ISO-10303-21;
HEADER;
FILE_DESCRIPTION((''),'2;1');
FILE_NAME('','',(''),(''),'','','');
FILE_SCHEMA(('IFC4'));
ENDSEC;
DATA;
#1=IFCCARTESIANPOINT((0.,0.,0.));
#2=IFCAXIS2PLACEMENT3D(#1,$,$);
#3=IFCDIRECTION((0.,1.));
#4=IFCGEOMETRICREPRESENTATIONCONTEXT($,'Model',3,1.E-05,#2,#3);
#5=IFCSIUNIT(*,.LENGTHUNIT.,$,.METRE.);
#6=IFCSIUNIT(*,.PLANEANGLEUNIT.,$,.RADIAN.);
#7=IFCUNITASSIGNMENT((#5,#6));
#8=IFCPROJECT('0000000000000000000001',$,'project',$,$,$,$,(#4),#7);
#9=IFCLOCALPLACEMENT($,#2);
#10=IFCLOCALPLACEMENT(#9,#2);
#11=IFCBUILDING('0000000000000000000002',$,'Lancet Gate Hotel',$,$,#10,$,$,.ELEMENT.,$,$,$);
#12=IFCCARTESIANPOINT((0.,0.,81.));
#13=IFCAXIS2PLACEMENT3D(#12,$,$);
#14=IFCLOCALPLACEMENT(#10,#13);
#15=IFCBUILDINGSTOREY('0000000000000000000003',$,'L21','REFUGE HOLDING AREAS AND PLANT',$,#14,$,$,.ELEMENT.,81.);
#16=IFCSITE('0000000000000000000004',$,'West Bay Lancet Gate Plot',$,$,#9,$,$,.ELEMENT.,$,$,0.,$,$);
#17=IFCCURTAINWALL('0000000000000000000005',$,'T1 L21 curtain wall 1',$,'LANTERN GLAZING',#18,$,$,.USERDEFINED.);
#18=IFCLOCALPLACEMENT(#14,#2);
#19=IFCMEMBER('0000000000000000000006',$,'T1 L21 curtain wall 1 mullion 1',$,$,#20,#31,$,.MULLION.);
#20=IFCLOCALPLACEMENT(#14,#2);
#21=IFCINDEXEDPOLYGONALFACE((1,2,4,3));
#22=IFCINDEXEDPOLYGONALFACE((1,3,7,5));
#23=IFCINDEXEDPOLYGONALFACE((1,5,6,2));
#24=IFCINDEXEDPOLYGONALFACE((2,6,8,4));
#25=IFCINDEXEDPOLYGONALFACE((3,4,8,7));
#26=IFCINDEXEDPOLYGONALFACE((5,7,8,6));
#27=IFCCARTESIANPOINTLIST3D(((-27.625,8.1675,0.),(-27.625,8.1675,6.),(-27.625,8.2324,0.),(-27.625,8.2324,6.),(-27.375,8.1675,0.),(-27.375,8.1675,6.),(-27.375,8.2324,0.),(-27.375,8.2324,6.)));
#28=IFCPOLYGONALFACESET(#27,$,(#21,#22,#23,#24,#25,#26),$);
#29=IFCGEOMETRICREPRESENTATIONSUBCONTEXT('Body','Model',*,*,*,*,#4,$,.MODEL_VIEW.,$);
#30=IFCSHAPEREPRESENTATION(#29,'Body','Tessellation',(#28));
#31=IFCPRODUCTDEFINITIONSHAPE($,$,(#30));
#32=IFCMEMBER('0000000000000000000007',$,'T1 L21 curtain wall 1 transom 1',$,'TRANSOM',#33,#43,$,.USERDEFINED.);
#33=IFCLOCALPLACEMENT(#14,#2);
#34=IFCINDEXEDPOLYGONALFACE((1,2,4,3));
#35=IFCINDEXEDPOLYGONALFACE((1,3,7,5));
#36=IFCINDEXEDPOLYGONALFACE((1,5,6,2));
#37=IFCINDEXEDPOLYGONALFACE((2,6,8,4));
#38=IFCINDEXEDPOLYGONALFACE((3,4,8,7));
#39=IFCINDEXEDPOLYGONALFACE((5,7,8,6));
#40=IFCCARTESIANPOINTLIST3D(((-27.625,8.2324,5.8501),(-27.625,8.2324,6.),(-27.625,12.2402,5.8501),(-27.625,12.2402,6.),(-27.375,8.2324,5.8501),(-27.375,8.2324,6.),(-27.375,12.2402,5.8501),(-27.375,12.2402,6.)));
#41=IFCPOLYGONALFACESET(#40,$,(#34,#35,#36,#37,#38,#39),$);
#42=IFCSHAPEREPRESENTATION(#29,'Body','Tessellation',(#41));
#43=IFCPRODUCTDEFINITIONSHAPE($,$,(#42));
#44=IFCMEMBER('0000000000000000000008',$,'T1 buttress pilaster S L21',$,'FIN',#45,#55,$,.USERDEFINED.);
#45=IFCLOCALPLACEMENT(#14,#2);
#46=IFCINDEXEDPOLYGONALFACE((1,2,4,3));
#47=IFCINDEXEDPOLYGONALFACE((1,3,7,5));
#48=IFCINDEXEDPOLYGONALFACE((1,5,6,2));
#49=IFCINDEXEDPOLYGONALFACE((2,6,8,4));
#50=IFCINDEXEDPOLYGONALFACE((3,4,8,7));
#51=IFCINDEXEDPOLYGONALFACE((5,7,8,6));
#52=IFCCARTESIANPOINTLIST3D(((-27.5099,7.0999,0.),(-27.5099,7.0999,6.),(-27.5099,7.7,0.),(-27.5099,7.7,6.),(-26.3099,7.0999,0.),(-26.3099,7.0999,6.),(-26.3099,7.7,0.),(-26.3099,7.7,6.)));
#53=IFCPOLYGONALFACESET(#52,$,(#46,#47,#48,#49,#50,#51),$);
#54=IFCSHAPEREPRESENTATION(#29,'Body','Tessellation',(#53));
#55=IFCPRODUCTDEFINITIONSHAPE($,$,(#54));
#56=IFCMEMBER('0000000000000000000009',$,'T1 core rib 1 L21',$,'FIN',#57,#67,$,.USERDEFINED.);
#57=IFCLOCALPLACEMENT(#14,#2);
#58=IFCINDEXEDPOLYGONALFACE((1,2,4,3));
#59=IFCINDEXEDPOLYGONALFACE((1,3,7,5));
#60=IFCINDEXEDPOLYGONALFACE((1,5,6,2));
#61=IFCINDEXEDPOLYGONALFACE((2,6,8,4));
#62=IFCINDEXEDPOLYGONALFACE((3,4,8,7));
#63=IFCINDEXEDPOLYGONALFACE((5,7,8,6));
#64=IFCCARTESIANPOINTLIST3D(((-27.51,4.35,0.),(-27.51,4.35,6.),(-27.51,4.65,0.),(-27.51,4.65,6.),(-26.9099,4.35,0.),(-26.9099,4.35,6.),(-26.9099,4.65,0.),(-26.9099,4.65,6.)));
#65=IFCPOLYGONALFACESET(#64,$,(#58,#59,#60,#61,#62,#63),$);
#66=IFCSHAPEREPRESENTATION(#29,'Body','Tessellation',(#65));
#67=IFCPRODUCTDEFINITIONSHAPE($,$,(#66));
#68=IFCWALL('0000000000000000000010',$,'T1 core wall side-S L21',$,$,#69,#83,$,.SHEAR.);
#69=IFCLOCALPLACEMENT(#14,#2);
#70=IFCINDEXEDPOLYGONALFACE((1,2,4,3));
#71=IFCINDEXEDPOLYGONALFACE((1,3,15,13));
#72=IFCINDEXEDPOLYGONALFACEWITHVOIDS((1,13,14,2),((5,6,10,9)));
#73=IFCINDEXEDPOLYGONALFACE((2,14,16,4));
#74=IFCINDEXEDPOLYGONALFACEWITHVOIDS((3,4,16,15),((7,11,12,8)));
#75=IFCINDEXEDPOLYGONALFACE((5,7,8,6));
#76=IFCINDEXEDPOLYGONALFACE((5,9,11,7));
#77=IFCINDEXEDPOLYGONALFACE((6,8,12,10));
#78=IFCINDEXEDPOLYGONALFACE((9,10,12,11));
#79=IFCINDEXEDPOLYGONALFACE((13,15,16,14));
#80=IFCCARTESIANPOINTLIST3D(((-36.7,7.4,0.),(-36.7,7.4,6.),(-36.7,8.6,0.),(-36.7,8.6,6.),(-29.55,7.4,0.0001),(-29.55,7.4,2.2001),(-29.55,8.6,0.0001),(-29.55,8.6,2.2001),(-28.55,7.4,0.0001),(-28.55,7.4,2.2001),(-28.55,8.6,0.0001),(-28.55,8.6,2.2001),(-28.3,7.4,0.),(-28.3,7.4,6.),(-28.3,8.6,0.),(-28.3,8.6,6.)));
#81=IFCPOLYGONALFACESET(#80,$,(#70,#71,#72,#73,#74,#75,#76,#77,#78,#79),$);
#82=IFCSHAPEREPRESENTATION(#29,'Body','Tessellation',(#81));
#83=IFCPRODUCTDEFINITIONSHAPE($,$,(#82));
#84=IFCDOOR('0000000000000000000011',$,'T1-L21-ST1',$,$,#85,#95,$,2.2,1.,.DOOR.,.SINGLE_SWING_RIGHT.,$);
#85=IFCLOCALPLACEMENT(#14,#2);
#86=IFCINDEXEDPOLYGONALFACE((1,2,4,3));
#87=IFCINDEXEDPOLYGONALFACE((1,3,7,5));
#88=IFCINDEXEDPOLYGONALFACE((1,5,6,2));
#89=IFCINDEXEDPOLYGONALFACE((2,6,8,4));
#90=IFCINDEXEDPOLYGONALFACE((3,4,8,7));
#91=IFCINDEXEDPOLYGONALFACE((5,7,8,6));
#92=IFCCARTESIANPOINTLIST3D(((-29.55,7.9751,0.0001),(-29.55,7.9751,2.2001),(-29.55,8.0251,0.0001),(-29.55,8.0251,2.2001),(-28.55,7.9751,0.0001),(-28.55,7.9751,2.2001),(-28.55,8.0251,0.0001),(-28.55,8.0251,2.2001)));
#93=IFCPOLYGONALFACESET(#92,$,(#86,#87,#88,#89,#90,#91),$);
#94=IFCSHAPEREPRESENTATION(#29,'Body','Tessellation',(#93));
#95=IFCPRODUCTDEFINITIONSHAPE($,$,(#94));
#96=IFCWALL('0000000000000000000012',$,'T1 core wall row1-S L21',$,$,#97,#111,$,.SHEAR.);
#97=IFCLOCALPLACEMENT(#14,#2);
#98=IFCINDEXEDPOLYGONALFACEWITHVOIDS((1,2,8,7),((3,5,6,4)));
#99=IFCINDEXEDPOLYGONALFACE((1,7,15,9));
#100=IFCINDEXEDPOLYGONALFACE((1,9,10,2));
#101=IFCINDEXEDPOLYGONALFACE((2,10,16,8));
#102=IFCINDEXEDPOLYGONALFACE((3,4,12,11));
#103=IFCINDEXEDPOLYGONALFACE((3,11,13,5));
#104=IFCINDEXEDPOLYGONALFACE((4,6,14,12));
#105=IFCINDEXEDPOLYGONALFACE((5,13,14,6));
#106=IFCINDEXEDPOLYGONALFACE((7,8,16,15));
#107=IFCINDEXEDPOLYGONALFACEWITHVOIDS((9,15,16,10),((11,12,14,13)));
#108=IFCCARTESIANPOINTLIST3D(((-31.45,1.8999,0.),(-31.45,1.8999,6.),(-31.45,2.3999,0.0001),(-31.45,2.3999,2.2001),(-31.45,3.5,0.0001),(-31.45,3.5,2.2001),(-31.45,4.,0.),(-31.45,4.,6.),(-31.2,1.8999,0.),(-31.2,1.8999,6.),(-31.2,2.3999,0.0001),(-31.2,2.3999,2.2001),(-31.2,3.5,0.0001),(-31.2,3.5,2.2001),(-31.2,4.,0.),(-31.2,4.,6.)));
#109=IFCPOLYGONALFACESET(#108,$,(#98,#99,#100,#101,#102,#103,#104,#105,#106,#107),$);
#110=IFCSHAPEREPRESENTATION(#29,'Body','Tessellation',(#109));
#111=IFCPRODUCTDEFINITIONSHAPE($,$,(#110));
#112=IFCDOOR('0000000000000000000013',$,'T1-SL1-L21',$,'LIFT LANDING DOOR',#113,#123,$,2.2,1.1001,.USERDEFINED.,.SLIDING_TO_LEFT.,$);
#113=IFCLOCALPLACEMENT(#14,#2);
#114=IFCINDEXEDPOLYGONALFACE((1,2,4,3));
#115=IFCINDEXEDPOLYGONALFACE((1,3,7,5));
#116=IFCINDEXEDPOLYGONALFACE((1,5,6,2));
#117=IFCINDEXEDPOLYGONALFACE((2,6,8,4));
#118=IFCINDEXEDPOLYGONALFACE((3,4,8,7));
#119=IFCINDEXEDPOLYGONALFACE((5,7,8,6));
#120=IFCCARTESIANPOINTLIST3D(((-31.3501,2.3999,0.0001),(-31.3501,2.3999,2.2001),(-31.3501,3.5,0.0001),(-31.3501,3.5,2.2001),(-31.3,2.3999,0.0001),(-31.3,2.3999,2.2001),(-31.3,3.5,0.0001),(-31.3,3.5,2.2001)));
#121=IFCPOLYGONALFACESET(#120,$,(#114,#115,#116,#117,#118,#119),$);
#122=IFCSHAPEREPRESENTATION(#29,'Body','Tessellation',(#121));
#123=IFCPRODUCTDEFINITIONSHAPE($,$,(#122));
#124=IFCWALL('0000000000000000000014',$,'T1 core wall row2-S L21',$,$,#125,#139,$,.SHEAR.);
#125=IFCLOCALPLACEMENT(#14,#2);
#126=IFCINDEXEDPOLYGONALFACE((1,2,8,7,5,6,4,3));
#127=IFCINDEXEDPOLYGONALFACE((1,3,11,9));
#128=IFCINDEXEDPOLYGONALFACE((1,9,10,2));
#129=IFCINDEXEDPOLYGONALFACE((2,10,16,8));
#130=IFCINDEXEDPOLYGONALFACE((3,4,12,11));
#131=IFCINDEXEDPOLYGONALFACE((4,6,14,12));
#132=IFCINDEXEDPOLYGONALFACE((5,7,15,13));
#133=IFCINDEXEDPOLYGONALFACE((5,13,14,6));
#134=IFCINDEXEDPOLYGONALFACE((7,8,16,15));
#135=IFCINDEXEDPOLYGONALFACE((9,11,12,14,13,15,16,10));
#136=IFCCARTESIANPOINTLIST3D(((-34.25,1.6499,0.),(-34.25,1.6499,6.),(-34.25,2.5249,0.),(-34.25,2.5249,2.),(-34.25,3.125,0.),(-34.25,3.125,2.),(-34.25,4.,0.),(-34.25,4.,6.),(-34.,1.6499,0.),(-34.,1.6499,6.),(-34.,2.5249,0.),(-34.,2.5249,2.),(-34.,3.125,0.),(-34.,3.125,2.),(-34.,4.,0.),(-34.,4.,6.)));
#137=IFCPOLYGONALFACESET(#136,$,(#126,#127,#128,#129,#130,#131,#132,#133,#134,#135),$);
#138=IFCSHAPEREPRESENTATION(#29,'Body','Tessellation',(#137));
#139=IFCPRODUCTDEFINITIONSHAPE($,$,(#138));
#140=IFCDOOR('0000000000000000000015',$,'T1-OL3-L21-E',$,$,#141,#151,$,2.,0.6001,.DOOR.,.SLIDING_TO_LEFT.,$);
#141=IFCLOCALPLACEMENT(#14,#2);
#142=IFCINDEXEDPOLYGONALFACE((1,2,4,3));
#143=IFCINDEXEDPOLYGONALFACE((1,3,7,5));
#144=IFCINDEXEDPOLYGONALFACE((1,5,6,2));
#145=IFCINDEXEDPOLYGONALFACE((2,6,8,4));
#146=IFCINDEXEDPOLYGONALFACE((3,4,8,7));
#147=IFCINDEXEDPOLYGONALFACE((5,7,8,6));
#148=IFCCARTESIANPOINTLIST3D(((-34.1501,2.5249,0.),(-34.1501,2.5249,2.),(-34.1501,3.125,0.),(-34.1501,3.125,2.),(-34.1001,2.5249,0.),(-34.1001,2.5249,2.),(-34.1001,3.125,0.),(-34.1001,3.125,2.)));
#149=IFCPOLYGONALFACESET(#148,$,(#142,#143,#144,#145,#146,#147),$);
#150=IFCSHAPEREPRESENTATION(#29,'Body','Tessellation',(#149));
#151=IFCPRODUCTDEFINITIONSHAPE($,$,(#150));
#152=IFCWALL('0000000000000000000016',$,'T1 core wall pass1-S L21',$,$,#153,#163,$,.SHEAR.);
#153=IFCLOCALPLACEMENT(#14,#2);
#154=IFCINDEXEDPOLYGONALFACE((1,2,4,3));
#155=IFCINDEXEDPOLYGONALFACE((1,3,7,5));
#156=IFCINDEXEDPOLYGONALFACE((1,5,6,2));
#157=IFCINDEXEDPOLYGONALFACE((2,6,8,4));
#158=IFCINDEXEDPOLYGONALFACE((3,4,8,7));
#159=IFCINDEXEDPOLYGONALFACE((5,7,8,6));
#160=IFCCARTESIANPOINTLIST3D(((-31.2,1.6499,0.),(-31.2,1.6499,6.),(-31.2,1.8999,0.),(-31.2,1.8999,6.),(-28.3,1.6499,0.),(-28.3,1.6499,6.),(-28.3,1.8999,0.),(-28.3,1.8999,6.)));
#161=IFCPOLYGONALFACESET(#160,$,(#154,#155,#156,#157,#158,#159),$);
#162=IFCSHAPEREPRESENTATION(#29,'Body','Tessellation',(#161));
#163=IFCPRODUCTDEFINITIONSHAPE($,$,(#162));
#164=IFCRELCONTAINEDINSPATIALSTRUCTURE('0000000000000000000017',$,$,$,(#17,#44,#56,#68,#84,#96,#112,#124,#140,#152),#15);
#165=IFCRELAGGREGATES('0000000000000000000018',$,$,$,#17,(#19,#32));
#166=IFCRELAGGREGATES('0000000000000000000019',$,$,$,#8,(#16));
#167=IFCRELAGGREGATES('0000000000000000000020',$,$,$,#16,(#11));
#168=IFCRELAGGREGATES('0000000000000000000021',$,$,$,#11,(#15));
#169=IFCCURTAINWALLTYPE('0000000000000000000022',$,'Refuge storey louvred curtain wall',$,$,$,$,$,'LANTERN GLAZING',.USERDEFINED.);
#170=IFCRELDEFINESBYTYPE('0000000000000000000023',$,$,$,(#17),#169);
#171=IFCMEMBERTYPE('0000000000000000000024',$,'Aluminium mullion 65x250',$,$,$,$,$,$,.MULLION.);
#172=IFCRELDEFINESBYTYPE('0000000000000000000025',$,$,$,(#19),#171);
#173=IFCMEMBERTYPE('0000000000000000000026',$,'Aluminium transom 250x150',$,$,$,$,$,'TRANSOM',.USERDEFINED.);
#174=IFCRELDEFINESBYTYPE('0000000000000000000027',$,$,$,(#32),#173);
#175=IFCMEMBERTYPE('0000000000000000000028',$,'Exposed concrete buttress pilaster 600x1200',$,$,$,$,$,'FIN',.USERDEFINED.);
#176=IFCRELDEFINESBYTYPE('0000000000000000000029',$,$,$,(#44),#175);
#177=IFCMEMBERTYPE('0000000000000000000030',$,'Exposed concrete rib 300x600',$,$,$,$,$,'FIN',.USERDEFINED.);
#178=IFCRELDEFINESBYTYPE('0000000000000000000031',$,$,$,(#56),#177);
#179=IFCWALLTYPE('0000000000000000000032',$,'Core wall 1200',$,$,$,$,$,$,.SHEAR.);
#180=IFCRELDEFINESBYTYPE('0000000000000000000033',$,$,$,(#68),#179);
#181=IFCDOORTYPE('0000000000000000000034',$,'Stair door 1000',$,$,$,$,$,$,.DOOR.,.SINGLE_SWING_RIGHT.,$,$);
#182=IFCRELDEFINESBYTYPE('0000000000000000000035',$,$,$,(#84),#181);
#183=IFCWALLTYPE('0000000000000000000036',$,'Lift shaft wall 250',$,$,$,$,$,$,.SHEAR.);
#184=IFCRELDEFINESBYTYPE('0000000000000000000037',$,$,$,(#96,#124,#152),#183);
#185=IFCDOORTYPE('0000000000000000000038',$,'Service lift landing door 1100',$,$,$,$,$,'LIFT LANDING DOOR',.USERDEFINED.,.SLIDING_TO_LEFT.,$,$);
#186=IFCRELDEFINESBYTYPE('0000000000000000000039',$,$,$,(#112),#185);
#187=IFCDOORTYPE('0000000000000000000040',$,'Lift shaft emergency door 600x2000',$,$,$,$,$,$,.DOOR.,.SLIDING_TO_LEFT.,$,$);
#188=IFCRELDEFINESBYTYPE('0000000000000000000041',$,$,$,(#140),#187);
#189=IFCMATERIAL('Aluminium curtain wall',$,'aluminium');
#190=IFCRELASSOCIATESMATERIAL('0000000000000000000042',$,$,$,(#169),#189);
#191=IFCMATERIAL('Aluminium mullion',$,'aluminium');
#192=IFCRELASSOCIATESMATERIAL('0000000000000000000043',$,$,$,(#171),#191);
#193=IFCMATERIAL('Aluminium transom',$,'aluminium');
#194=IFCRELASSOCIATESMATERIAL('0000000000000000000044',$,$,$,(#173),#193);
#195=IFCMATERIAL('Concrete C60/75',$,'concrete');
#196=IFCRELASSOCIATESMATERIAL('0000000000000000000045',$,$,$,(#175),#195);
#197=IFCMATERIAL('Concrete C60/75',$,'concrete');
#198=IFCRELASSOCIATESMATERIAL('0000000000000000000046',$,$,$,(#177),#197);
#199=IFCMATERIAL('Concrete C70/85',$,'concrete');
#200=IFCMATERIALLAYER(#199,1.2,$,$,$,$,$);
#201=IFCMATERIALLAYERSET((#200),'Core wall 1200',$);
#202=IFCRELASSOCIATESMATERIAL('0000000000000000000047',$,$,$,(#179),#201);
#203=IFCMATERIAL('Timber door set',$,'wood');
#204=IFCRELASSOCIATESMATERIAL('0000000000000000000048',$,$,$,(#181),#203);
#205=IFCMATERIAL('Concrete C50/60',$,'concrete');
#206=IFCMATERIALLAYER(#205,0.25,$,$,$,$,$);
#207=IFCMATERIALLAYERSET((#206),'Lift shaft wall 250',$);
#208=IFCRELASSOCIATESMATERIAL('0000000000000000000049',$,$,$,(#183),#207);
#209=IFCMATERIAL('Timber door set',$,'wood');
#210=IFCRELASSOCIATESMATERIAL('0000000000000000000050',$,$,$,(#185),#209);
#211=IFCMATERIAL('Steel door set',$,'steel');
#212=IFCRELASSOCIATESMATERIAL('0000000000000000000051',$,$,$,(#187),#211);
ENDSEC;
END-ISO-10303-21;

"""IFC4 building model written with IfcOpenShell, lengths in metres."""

from ifc_helpers import new_model, si_unit, direction, frame, frame_2d, origin, origin_2d, place, context, subcontext, project, spatial, rectangle, extrude, material, layer, layer_set, material_profile, profile_set, type_object, element, fill, aggregate, save


model = new_model("IFC4")

# Units and contexts
model_context = context("Model", 3, precision=1e-05, world=origin(), true_north=direction((0.0, 1.0)))
body_context = subcontext(model_context, "Body", "Model", "MODEL_VIEW")
ifc_project = project(units=[si_unit("LENGTHUNIT", "METRE"), si_unit("PLANEANGLEUNIT", "RADIAN")], contexts=[model_context])

# Site, building, storey
site_placement = place(None, origin())
site = spatial("IfcSite", under=ifc_project, at=site_placement, Name="West Bay Lancet Gate Plot", CompositionType="ELEMENT", RefElevation=0.0)
building_placement = place(site_placement, origin())
building = spatial("IfcBuilding", under=site, at=building_placement, Name="Lancet Gate Hotel", CompositionType="ELEMENT")
storey_placement = place(building_placement, frame((0.0, 0.0, 81.0)))
storey = spatial("IfcBuildingStorey", under=building, at=storey_placement, Name="L21", Description="REFUGE HOLDING AREAS AND PLANT", CompositionType="ELEMENT", Elevation=81.0)

# Curtain wall, members
ifc_material_1 = material(Name="Aluminium curtain wall", Category="aluminium")
curtain_wall_type = type_object("IfcCurtainWallType", Name="Refuge storey louvred curtain wall", ElementType="LANTERN GLAZING", PredefinedType="USERDEFINED", material=ifc_material_1)
curtain_wall_placement = place(storey_placement, origin())
curtain_wall = element("IfcCurtainWall", 1, at=curtain_wall_placement, inside=storey, type_object=curtain_wall_type, Name="T1 L21 curtain wall 1", ObjectType="LANTERN GLAZING", PredefinedType="USERDEFINED")
ifc_material_2 = material(Name="Aluminium mullion", Category="aluminium")
ifc_material_profile_1 = material_profile(ifc_material_2, rectangle(XDim=0.0649, YDim=0.25, at=origin_2d()), Name="MULLION 65x250")
ifc_profile_set_1 = profile_set([ifc_material_profile_1], Name="Aluminium mullion")
member_type_1 = type_object("IfcMemberType", Name="Aluminium mullion 65x250", PredefinedType="MULLION", material=ifc_profile_set_1)
member_1_placement = place(storey_placement, frame((-27.5, 8.2, 0.0), z_axis=(0.0, 0.0, 1.0), x_axis=(0.0, 1.0, 0.0)))
member_1 = element("IfcMember", 2, at=member_1_placement, type_object=member_type_1, Name="T1 L21 curtain wall 1 mullion 1", PredefinedType="MULLION", context=body_context, shape_type="SweptSolid", body=[
    extrude(rectangle(XDim=0.0649, YDim=0.25, at=origin_2d()), origin(), (0.0, 0.0, 1.0), 6.0),
])
ifc_material_3 = material(Name="Aluminium transom", Category="aluminium")
ifc_material_profile_2 = material_profile(ifc_material_3, rectangle(XDim=0.25, YDim=0.1499, at=origin_2d()), Name="TRANSOM 250x150")
ifc_profile_set_2 = profile_set([ifc_material_profile_2], Name="Aluminium transom")
member_type_2 = type_object("IfcMemberType", Name="Aluminium transom 250x150", ElementType="TRANSOM", PredefinedType="USERDEFINED", material=ifc_profile_set_2)
member_2_placement = place(storey_placement, frame((-27.5, 8.2324, 5.925), z_axis=(0.0, 1.0, 0.0), x_axis=(-1.0, 0.0, 0.0)))
member_2 = element("IfcMember", 3, at=member_2_placement, type_object=member_type_2, Name="T1 L21 curtain wall 1 transom 1", ObjectType="TRANSOM", PredefinedType="USERDEFINED", context=body_context, shape_type="SweptSolid", body=[
    extrude(rectangle(XDim=0.25, YDim=0.1499, at=origin_2d()), origin(), (0.0, 0.0, 1.0), 4.0078),
])
aggregate(curtain_wall, [member_1, member_2])

# Members
ifc_material_4 = material(Name="Concrete C60/75", Category="concrete")
ifc_material_profile_3 = material_profile(ifc_material_4, rectangle(XDim=0.6001, YDim=1.2, at=origin_2d()), Name="FIN 600x1200")
ifc_profile_set_3 = profile_set([ifc_material_profile_3], Name="Concrete C60/75")
member_type_3 = type_object("IfcMemberType", Name="Exposed concrete buttress pilaster 600x1200", ElementType="FIN", PredefinedType="USERDEFINED", material=ifc_profile_set_3)
member_3_placement = place(storey_placement, frame((-26.9099, 7.3999, 0.0), z_axis=(0.0, 0.0, 1.0), x_axis=(0.0, 1.0, 0.0)))
element("IfcMember", 4, at=member_3_placement, inside=storey, type_object=member_type_3, Name="T1 buttress pilaster S L21", ObjectType="FIN", PredefinedType="USERDEFINED", context=body_context, shape_type="SweptSolid", body=[
    extrude(rectangle(XDim=0.6001, YDim=1.2, at=origin_2d()), origin(), (0.0, 0.0, 1.0), 6.0),
])
ifc_material_5 = material(Name="Concrete C60/75", Category="concrete")
ifc_material_profile_4 = material_profile(ifc_material_5, rectangle(XDim=0.3, YDim=0.6001, at=origin_2d()), Name="FIN 300x600")
ifc_profile_set_4 = profile_set([ifc_material_profile_4], Name="Concrete C60/75")
member_type_4 = type_object("IfcMemberType", Name="Exposed concrete rib 300x600", ElementType="FIN", PredefinedType="USERDEFINED", material=ifc_profile_set_4)
member_4_placement = place(storey_placement, frame((-27.21, 4.5, 0.0), z_axis=(0.0, 0.0, 1.0), x_axis=(0.0, 1.0, 0.0)))
element("IfcMember", 5, at=member_4_placement, inside=storey, type_object=member_type_4, Name="T1 core rib 1 L21", ObjectType="FIN", PredefinedType="USERDEFINED", context=body_context, shape_type="SweptSolid", body=[
    extrude(rectangle(XDim=0.3, YDim=0.6001, at=origin_2d()), origin(), (0.0, 0.0, 1.0), 6.0),
])

# Walls, openings, doors
ifc_material_6 = material(Name="Concrete C70/85", Category="concrete")
ifc_layer_1 = layer(ifc_material_6, 1.2)
ifc_layer_set_1 = layer_set([ifc_layer_1], Name="Core wall 1200")
wall_type_1 = type_object("IfcWallType", Name="Core wall 1200", PredefinedType="SHEAR", material=ifc_layer_set_1)
wall_1_placement = place(storey_placement, frame((-28.3, 8.0, 0.0), z_axis=(0.0, 0.0, 1.0), x_axis=(-1.0, 0.0, 0.0)))
wall_1 = element("IfcWall", 6, at=wall_1_placement, inside=storey, type_object=wall_type_1, Name="T1 core wall side-S L21", PredefinedType="SHEAR", context=body_context, shape_type="SweptSolid", body=[
    extrude(rectangle(XDim=8.3999, YDim=1.2, at=frame_2d((4.2, 0.0))), origin(), (0.0, 0.0, 1.0), 6.0),
])
opening_1_placement = place(wall_1_placement, frame((0.25, 0.0, 0.0)))
opening_1 = element("IfcOpeningElement", 7, at=opening_1_placement, cuts=wall_1, PredefinedType="OPENING", context=body_context, shape_type="SweptSolid", body=[
    extrude(rectangle(XDim=1.0, YDim=2.2, at=frame_2d((0.5, 1.1001))), frame((0.0, 0.6099, 0.0), z_axis=(0.0, -1.0, 0.0), x_axis=(1.0, 0.0, 0.0)), (0.0, 0.0, 1.0), 1.22),
])
ifc_material_7 = material(Name="Timber door set", Category="wood")
door_type_1 = type_object("IfcDoorType", Name="Stair door 1000", OperationType="SINGLE_SWING_RIGHT", PredefinedType="DOOR", material=ifc_material_7)
door_1_placement = place(opening_1_placement, origin())
door_1 = element("IfcDoor", 8, at=door_1_placement, inside=storey, type_object=door_type_1, Name="T1-L21-ST1", OperationType="SINGLE_SWING_RIGHT", OverallHeight=2.2, OverallWidth=1.0, PredefinedType="DOOR", context=body_context, shape_type="SweptSolid", body=[
    extrude(rectangle(XDim=1.0, YDim=2.2, at=frame_2d((0.5, 1.1001))), frame((0.0, 0.0249, 0.0), z_axis=(0.0, -1.0, 0.0), x_axis=(1.0, 0.0, 0.0)), (0.0, 0.0, 1.0), 0.05),
])
fill(opening_1, door_1)
ifc_material_8 = material(Name="Concrete C50/60", Category="concrete")
ifc_layer_2 = layer(ifc_material_8, 0.25)
ifc_layer_set_2 = layer_set([ifc_layer_2], Name="Lift shaft wall 250")
wall_type_2 = type_object("IfcWallType", Name="Lift shaft wall 250", PredefinedType="SHEAR", material=ifc_layer_set_2)
wall_2_placement = place(storey_placement, frame((-31.325, 4.0, 0.0), z_axis=(0.0, 0.0, 1.0), x_axis=(0.0, -1.0, 0.0)))
wall_2 = element("IfcWall", 9, at=wall_2_placement, inside=storey, type_object=wall_type_2, Name="T1 core wall row1-S L21", PredefinedType="SHEAR", context=body_context, shape_type="SweptSolid", body=[
    extrude(rectangle(XDim=2.1001, YDim=0.25, at=frame_2d((1.05, 0.0))), origin(), (0.0, 0.0, 1.0), 6.0),
])
opening_2_placement = place(wall_2_placement, frame((0.5, 0.0, 0.0)))
opening_2 = element("IfcOpeningElement", 10, at=opening_2_placement, cuts=wall_2, PredefinedType="OPENING", context=body_context, shape_type="SweptSolid", body=[
    extrude(rectangle(XDim=1.1001, YDim=2.2, at=frame_2d((0.55, 1.1001))), frame((0.0, 0.135, 0.0), z_axis=(0.0, -1.0, 0.0), x_axis=(1.0, 0.0, 0.0)), (0.0, 0.0, 1.0), 0.27),
])
ifc_material_9 = material(Name="Timber door set", Category="wood")
door_type_2 = type_object("IfcDoorType", Name="Service lift landing door 1100", ElementType="LIFT LANDING DOOR", OperationType="SLIDING_TO_LEFT", PredefinedType="USERDEFINED", material=ifc_material_9)
door_2_placement = place(opening_2_placement, origin())
door_2 = element("IfcDoor", 11, at=door_2_placement, inside=storey, type_object=door_type_2, Name="T1-SL1-L21", ObjectType="LIFT LANDING DOOR", OperationType="SLIDING_TO_LEFT", OverallHeight=2.2, OverallWidth=1.1001, PredefinedType="USERDEFINED", context=body_context, shape_type="SweptSolid", body=[
    extrude(rectangle(XDim=1.1001, YDim=2.2, at=frame_2d((0.55, 1.1001))), frame((0.0, 0.0249, 0.0), z_axis=(0.0, -1.0, 0.0), x_axis=(1.0, 0.0, 0.0)), (0.0, 0.0, 1.0), 0.05),
])
fill(opening_2, door_2)
wall_3_placement = place(storey_placement, frame((-34.125, 4.0, 0.0), z_axis=(0.0, 0.0, 1.0), x_axis=(0.0, -1.0, 0.0)))
wall_3 = element("IfcWall", 12, at=wall_3_placement, inside=storey, type_object=wall_type_2, Name="T1 core wall row2-S L21", PredefinedType="SHEAR", context=body_context, shape_type="SweptSolid", body=[
    extrude(rectangle(XDim=2.3501, YDim=0.25, at=frame_2d((1.175, 0.0))), origin(), (0.0, 0.0, 1.0), 6.0),
])
opening_3_placement = place(wall_3_placement, frame((0.875, 0.0, 0.0)))
opening_3 = element("IfcOpeningElement", 13, at=opening_3_placement, cuts=wall_3, PredefinedType="OPENING", context=body_context, shape_type="SweptSolid", body=[
    extrude(rectangle(XDim=0.6001, YDim=2.0, at=frame_2d((0.3, 1.0))), frame((0.0, 0.135, 0.0), z_axis=(0.0, -1.0, 0.0), x_axis=(1.0, 0.0, 0.0)), (0.0, 0.0, 1.0), 0.27),
])
ifc_material_10 = material(Name="Steel door set", Category="steel")
door_type_3 = type_object("IfcDoorType", Name="Lift shaft emergency door 600x2000", OperationType="SLIDING_TO_LEFT", PredefinedType="DOOR", material=ifc_material_10)
door_3_placement = place(opening_3_placement, origin())
door_3 = element("IfcDoor", 14, at=door_3_placement, inside=storey, type_object=door_type_3, Name="T1-OL3-L21-E", OperationType="SLIDING_TO_LEFT", OverallHeight=2.0, OverallWidth=0.6001, PredefinedType="DOOR", context=body_context, shape_type="SweptSolid", body=[
    extrude(rectangle(XDim=0.6001, YDim=2.0, at=frame_2d((0.3, 1.0))), frame((0.0, 0.0249, 0.0), z_axis=(0.0, -1.0, 0.0), x_axis=(1.0, 0.0, 0.0)), (0.0, 0.0, 1.0), 0.05),
])
fill(opening_3, door_3)

# Wall
wall_4_placement = place(storey_placement, frame((-28.3, 1.7749, 0.0), z_axis=(0.0, 0.0, 1.0), x_axis=(-1.0, 0.0, 0.0)))
element("IfcWall", 15, at=wall_4_placement, inside=storey, type_object=wall_type_2, Name="T1 core wall pass1-S L21", PredefinedType="SHEAR", context=body_context, shape_type="SweptSolid", body=[
    extrude(rectangle(XDim=2.8999, YDim=0.25, at=frame_2d((1.45, 0.0))), origin(), (0.0, 0.0, 1.0), 6.0),
])

save(model, "model.ifc")
